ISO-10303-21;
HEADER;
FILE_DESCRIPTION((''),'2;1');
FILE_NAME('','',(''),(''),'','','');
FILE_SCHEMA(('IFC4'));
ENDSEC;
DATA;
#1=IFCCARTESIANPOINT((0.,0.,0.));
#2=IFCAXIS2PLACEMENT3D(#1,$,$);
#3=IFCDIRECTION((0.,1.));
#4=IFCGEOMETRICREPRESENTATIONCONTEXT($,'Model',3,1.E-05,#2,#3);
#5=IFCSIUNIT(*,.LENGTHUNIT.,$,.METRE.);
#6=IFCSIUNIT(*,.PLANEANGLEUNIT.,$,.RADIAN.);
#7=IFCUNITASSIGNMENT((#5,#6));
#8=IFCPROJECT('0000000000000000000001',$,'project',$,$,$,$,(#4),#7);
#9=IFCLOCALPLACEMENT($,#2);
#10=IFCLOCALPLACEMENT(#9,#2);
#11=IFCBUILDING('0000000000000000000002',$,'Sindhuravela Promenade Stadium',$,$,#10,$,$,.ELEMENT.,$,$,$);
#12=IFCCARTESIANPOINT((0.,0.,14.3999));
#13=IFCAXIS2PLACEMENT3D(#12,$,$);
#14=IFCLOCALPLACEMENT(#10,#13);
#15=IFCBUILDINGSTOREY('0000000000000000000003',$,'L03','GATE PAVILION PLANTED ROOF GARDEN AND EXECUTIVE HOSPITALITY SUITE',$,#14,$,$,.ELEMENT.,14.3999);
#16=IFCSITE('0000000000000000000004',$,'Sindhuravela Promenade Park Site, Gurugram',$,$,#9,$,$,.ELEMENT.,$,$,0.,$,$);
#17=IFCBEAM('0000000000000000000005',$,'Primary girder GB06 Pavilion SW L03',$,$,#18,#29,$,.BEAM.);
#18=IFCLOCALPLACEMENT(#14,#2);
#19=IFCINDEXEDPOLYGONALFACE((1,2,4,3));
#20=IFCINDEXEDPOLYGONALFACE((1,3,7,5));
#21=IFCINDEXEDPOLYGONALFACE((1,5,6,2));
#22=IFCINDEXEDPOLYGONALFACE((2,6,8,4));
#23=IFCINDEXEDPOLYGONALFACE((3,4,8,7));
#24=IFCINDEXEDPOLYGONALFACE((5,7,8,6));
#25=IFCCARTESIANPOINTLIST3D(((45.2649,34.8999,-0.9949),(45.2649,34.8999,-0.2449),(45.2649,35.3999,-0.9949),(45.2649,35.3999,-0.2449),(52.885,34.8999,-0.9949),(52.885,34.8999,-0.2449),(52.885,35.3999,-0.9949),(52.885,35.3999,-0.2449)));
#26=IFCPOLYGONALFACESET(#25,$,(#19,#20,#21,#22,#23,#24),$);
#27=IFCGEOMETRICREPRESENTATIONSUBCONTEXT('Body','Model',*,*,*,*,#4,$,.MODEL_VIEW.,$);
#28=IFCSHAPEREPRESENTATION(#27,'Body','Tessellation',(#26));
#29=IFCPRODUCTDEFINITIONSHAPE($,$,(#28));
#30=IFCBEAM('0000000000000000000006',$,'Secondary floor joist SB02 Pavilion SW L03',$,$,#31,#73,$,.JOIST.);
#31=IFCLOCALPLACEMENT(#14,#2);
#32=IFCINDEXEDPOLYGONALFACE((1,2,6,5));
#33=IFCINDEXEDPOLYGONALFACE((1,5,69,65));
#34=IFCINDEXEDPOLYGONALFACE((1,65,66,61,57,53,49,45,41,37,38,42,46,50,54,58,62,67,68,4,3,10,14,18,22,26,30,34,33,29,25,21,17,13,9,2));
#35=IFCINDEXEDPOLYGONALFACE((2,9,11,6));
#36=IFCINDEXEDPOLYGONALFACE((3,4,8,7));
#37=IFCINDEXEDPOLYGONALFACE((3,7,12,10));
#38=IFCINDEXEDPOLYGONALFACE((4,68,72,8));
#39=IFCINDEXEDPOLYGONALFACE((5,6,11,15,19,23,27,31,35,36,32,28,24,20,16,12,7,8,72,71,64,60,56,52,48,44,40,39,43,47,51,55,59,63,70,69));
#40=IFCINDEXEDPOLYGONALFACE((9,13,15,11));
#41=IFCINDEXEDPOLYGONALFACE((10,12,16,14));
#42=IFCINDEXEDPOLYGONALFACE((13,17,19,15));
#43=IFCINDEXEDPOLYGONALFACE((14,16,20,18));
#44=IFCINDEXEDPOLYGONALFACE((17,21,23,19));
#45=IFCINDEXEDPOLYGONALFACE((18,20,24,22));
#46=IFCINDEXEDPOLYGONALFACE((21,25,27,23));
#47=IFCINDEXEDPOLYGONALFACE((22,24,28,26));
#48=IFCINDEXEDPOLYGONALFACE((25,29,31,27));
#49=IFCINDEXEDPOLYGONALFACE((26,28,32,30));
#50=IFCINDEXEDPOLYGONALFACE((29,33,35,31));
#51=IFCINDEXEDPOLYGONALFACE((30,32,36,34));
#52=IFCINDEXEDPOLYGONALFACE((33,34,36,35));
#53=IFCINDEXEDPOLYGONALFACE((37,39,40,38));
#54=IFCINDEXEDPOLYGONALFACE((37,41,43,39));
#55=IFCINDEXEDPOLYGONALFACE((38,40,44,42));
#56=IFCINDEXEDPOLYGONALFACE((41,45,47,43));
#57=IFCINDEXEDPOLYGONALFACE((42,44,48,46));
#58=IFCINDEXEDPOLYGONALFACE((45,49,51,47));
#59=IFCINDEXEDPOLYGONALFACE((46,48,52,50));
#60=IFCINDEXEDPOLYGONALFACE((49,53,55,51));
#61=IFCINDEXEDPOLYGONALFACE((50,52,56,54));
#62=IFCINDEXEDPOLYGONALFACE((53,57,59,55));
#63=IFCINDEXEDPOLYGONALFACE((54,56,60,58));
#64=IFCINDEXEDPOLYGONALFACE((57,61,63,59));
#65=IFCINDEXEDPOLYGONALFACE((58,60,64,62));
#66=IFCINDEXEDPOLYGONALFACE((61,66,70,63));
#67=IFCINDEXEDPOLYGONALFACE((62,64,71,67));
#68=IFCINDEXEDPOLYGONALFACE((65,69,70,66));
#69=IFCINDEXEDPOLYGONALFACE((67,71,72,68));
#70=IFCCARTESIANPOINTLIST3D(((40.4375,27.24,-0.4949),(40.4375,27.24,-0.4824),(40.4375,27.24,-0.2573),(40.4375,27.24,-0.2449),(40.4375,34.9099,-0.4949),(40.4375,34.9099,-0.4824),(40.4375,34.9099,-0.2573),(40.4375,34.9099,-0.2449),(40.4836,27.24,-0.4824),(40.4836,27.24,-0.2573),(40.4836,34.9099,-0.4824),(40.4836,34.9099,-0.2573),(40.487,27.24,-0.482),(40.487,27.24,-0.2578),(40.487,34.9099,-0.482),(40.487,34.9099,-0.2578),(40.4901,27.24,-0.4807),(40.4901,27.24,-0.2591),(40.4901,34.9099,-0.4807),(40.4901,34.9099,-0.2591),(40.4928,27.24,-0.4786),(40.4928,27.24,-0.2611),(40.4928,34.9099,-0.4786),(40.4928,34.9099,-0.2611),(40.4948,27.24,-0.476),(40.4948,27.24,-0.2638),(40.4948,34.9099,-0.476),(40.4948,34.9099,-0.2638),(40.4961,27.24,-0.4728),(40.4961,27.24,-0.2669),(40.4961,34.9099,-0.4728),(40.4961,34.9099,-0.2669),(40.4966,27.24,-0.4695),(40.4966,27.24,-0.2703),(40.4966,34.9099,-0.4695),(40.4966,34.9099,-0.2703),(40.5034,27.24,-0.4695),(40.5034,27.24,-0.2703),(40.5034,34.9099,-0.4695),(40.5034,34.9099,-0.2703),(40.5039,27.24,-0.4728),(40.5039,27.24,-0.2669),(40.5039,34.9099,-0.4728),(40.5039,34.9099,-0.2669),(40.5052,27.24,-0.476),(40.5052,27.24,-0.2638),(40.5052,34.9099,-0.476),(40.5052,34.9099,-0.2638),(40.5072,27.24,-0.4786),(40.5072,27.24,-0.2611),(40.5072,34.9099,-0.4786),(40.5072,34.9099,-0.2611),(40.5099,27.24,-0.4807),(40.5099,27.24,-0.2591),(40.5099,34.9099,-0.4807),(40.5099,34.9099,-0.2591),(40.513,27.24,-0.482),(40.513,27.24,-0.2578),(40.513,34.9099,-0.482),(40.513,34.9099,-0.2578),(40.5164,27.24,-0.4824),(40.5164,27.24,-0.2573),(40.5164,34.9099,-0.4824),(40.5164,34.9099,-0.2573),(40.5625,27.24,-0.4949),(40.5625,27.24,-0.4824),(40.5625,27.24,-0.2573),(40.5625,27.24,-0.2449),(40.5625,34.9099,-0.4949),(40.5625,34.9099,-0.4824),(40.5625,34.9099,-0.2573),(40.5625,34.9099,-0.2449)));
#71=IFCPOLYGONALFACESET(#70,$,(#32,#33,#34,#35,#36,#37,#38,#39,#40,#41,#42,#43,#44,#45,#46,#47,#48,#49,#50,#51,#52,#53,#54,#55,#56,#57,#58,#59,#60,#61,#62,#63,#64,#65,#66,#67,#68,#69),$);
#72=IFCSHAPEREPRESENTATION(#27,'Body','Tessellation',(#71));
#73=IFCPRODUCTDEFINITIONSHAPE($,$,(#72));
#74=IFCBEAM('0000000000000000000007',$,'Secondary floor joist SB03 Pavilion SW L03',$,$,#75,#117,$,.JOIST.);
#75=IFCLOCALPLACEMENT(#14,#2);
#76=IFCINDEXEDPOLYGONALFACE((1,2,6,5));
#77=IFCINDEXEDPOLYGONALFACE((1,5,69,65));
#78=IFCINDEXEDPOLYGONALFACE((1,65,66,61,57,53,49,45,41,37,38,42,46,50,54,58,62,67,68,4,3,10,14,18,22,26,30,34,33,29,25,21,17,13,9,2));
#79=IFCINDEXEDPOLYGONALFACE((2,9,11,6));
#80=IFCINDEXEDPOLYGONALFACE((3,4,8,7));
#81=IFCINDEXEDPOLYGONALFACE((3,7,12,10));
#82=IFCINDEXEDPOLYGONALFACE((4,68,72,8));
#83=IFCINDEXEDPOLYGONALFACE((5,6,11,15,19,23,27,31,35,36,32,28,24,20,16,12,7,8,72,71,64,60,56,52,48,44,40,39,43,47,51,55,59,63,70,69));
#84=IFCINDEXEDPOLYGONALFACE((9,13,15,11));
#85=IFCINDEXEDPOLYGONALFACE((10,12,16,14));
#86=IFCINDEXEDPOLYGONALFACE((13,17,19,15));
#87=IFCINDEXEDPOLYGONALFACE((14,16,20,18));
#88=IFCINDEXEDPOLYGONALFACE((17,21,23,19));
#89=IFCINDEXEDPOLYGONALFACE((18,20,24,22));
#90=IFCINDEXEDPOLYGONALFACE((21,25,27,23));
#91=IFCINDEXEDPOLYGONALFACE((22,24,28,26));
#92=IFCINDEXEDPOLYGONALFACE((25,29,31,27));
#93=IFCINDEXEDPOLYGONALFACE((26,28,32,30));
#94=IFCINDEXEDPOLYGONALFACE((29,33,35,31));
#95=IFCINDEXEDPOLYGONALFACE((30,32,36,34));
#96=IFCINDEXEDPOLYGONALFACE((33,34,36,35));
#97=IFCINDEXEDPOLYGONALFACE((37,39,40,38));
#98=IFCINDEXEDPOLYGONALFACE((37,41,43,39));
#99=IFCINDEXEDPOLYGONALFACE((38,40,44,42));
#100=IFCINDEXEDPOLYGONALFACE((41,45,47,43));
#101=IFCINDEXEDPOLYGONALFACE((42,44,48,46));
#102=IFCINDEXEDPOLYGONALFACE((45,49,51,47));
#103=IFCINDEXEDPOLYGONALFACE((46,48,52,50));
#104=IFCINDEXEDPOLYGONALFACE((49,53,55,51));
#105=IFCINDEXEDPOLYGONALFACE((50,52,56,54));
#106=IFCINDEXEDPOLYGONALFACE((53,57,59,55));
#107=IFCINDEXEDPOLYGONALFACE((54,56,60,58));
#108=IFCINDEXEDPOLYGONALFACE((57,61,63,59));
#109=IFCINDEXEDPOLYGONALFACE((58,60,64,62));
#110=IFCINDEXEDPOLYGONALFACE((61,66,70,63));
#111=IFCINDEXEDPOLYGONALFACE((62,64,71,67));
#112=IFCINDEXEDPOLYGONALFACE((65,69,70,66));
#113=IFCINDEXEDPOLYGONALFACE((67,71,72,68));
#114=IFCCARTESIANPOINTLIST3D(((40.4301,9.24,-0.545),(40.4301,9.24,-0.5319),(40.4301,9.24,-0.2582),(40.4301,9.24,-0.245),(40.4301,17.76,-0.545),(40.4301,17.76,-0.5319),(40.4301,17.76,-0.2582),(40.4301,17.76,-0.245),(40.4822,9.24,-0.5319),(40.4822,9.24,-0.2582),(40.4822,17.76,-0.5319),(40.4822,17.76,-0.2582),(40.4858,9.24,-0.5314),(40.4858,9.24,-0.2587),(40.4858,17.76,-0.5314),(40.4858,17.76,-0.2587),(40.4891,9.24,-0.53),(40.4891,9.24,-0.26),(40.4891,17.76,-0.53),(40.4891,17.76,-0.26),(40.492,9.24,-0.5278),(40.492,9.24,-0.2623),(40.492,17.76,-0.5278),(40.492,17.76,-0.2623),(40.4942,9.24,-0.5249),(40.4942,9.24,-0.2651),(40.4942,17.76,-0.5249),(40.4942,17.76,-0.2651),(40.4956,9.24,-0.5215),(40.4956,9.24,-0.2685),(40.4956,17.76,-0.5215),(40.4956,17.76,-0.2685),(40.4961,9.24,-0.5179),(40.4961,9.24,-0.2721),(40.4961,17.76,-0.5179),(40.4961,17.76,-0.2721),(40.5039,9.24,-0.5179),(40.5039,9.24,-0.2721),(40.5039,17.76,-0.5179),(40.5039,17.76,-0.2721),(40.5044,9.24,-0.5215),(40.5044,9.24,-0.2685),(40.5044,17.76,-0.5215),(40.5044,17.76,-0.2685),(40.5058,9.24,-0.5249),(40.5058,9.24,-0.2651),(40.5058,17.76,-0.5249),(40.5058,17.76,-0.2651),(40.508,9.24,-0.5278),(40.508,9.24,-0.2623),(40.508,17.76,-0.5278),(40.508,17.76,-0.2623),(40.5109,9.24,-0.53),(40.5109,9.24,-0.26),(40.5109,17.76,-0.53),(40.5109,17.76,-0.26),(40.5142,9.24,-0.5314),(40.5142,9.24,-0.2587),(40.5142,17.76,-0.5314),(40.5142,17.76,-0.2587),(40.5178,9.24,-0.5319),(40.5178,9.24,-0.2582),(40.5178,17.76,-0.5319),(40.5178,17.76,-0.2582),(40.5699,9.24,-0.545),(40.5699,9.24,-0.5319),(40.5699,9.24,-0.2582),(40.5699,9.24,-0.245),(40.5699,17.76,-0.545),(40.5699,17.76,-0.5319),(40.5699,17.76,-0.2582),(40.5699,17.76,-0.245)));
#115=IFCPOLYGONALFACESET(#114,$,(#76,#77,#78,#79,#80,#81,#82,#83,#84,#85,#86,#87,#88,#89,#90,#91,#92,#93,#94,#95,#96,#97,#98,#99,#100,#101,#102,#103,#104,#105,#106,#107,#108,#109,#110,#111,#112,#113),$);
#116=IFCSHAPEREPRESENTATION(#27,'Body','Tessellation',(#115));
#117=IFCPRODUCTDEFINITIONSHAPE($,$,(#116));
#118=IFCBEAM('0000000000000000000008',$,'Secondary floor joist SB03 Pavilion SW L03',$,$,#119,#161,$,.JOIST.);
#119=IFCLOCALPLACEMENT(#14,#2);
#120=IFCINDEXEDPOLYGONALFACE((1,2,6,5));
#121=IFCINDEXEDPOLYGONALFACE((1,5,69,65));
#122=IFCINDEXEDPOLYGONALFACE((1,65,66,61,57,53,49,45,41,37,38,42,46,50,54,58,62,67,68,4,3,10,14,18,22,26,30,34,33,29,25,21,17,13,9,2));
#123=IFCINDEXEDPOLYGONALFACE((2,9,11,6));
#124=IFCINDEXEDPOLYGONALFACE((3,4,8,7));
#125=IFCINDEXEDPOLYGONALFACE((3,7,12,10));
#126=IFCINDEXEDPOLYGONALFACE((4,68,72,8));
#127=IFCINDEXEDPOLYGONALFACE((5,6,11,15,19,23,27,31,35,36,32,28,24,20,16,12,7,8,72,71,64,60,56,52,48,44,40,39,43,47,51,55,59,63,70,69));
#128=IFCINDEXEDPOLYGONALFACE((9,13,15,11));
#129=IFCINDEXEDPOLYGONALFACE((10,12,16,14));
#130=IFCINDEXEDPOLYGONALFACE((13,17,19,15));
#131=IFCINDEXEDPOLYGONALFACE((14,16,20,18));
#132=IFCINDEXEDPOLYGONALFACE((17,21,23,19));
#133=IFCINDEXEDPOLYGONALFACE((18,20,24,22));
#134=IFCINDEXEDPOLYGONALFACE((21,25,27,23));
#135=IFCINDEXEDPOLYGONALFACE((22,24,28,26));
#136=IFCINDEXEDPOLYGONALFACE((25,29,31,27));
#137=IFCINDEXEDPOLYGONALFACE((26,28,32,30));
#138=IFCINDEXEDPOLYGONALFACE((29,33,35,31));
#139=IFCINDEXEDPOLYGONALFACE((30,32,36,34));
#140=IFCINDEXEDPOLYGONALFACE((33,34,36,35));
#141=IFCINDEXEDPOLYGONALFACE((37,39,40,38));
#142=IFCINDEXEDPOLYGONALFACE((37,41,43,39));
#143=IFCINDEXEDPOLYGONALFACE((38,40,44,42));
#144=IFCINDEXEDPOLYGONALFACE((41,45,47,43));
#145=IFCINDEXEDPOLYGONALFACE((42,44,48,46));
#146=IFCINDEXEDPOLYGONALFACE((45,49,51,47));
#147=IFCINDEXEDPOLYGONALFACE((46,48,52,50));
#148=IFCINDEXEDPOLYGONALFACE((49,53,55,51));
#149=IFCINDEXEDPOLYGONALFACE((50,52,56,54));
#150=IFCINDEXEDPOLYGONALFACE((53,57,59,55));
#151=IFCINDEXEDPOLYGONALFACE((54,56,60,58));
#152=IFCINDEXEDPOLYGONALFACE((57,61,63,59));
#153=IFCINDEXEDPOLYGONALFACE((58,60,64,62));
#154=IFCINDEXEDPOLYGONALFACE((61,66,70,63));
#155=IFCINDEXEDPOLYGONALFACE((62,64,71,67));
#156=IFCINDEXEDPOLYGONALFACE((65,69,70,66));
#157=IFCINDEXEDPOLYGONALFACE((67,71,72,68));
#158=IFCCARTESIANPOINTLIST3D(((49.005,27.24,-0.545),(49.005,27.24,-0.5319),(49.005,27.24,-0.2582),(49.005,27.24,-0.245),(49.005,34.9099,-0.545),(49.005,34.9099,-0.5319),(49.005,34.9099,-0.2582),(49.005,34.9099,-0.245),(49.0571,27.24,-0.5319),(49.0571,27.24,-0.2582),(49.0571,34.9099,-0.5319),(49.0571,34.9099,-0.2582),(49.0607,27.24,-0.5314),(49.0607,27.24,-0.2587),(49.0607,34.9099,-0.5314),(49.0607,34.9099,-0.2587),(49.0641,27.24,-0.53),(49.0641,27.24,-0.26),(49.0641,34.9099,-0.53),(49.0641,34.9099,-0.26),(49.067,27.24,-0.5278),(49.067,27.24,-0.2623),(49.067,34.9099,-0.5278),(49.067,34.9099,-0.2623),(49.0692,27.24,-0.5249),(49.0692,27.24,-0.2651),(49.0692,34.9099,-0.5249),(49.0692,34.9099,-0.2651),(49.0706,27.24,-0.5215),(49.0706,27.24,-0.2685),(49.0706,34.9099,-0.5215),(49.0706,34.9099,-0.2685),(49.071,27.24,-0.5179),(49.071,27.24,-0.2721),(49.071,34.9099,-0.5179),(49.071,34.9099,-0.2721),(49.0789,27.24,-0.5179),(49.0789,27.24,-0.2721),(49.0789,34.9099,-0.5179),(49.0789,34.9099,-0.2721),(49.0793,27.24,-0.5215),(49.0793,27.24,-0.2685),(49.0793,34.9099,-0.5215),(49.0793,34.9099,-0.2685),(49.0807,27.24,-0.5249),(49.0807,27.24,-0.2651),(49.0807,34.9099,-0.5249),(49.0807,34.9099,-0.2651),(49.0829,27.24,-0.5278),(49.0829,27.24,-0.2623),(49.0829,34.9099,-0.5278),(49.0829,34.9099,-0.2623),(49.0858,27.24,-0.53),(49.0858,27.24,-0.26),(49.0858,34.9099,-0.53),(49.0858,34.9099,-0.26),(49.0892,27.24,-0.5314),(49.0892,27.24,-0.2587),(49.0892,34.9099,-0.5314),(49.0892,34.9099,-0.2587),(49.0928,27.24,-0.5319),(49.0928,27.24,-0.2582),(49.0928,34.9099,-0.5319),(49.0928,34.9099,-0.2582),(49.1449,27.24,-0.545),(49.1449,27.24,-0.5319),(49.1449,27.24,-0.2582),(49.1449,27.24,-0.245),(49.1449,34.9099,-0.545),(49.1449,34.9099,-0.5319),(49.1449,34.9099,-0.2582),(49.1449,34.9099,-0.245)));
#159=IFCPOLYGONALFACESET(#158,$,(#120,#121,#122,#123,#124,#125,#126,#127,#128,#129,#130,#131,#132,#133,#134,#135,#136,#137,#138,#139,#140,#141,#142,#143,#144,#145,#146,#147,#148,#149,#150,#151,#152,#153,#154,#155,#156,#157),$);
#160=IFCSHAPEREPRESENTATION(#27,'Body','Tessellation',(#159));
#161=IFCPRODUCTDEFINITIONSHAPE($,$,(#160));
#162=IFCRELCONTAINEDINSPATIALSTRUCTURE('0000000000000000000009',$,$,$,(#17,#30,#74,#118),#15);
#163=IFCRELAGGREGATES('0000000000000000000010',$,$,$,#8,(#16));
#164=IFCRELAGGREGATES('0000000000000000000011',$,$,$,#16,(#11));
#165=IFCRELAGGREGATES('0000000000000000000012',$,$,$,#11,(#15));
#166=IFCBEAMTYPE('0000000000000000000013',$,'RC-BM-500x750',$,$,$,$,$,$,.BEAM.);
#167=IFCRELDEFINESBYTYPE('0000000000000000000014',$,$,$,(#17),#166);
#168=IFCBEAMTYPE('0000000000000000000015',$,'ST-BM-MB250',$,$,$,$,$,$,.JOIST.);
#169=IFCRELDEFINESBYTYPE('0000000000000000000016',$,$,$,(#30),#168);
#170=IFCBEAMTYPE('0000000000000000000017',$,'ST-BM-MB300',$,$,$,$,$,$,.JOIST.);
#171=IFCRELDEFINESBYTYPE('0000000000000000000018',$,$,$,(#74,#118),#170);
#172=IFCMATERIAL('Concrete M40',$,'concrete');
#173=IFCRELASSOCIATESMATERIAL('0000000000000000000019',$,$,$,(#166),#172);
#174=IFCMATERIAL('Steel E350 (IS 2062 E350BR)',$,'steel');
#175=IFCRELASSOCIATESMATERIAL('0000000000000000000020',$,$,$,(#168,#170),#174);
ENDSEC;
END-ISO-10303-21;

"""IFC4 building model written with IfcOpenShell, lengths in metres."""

from ifc_helpers import new_model, si_unit, direction, frame, origin, origin_2d, place, context, subcontext, project, spatial, rectangle, i_section, extrude, material, material_profile, profile_set, type_object, element, save


model = new_model("IFC4")

# Units and contexts
model_context = context("Model", 3, precision=1e-05, world=origin(), true_north=direction((0.0, 1.0)))
body_context = subcontext(model_context, "Body", "Model", "MODEL_VIEW")
ifc_project = project(units=[si_unit("LENGTHUNIT", "METRE"), si_unit("PLANEANGLEUNIT", "RADIAN")], contexts=[model_context])

# Site, building, storey
site_placement = place(None, origin())
site = spatial("IfcSite", under=ifc_project, at=site_placement, Name="Sindhuravela Promenade Park Site, Gurugram", CompositionType="ELEMENT", RefElevation=0.0)
building_placement = place(site_placement, origin())
building = spatial("IfcBuilding", under=site, at=building_placement, Name="Sindhuravela Promenade Stadium", CompositionType="ELEMENT")
storey_placement = place(building_placement, frame((0.0, 0.0, 14.3999)))
storey = spatial("IfcBuildingStorey", under=building, at=storey_placement, Name="L03", Description="GATE PAVILION PLANTED ROOF GARDEN AND EXECUTIVE HOSPITALITY SUITE", CompositionType="ELEMENT", Elevation=14.3999)

# Beams
ifc_material_1 = material(Name="Concrete M40", Category="concrete")
ifc_material_profile_1 = material_profile(ifc_material_1, rectangle(XDim=0.5, YDim=0.75, at=origin_2d()), Name="RC 500x750")
ifc_profile_set_1 = profile_set([ifc_material_profile_1], Name="Concrete M40")
beam_type_1 = type_object("IfcBeamType", Name="RC-BM-500x750", PredefinedType="BEAM", material=ifc_profile_set_1)
beam_1_placement = place(storey_placement, frame((45.2649, 35.1499, -0.6199), z_axis=(1.0, 0.0, 0.0), x_axis=(0.0, 1.0, 0.0)))
element("IfcBeam", 1, at=beam_1_placement, inside=storey, type_object=beam_type_1, Name="Primary girder GB06 Pavilion SW L03", PredefinedType="BEAM", context=body_context, shape_type="SweptSolid", body=[
    extrude(rectangle(XDim=0.5, YDim=0.75, at=origin_2d()), origin(), (0.0, 0.0, 1.0), 7.6201),
])
ifc_material_2 = material(Name="Steel E350 (IS 2062 E350BR)", Category="steel")
ifc_material_profile_2 = material_profile(ifc_material_2, i_section(OverallWidth=0.125, OverallDepth=0.25, WebThickness=0.0068, FlangeThickness=0.0125, FilletRadius=0.0129, at=origin_2d()), Name="ISMB 250")
ifc_profile_set_2 = profile_set([ifc_material_profile_2], Name="Steel E350 (IS 2062 E350BR)")
beam_type_2 = type_object("IfcBeamType", Name="ST-BM-MB250", PredefinedType="JOIST", material=ifc_profile_set_2)
beam_2_placement = place(storey_placement, frame((40.5, 27.24, -0.3699), z_axis=(0.0, 1.0, 0.0), x_axis=(-1.0, 0.0, 0.0)))
element("IfcBeam", 2, at=beam_2_placement, inside=storey, type_object=beam_type_2, Name="Secondary floor joist SB02 Pavilion SW L03", PredefinedType="JOIST", context=body_context, shape_type="SweptSolid", body=[
    extrude(i_section(OverallWidth=0.125, OverallDepth=0.25, WebThickness=0.0068, FlangeThickness=0.0125, FilletRadius=0.0129, at=origin_2d()), origin(), (0.0, 0.0, 1.0), 7.6699),
])
ifc_material_profile_3 = material_profile(ifc_material_2, i_section(OverallWidth=0.1399, OverallDepth=0.3, WebThickness=0.0078, FlangeThickness=0.0132, FilletRadius=0.0139, at=origin_2d()), Name="ISMB 300")
ifc_profile_set_3 = profile_set([ifc_material_profile_3], Name="Steel E350 (IS 2062 E350BR)")
beam_type_3 = type_object("IfcBeamType", Name="ST-BM-MB300", PredefinedType="JOIST", material=ifc_profile_set_3)
beam_3_placement = place(storey_placement, frame((40.5, 9.24, -0.395), z_axis=(0.0, 1.0, 0.0), x_axis=(-1.0, 0.0, 0.0)))
element("IfcBeam", 3, at=beam_3_placement, inside=storey, type_object=beam_type_3, Name="Secondary floor joist SB03 Pavilion SW L03", PredefinedType="JOIST", context=body_context, shape_type="SweptSolid", body=[
    extrude(i_section(OverallWidth=0.1399, OverallDepth=0.3, WebThickness=0.0078, FlangeThickness=0.0132, FilletRadius=0.0139, at=origin_2d()), origin(), (0.0, 0.0, 1.0), 8.52),
])
beam_4_placement = place(storey_placement, frame((49.075, 27.24, -0.395), z_axis=(0.0, 1.0, 0.0), x_axis=(-1.0, 0.0, 0.0)))
element("IfcBeam", 4, at=beam_4_placement, inside=storey, type_object=beam_type_3, Name="Secondary floor joist SB03 Pavilion SW L03", PredefinedType="JOIST", context=body_context, shape_type="SweptSolid", body=[
    extrude(i_section(OverallWidth=0.1399, OverallDepth=0.3, WebThickness=0.0078, FlangeThickness=0.0132, FilletRadius=0.0139, at=origin_2d()), origin(), (0.0, 0.0, 1.0), 7.6699),
])

save(model, "model.ifc")
